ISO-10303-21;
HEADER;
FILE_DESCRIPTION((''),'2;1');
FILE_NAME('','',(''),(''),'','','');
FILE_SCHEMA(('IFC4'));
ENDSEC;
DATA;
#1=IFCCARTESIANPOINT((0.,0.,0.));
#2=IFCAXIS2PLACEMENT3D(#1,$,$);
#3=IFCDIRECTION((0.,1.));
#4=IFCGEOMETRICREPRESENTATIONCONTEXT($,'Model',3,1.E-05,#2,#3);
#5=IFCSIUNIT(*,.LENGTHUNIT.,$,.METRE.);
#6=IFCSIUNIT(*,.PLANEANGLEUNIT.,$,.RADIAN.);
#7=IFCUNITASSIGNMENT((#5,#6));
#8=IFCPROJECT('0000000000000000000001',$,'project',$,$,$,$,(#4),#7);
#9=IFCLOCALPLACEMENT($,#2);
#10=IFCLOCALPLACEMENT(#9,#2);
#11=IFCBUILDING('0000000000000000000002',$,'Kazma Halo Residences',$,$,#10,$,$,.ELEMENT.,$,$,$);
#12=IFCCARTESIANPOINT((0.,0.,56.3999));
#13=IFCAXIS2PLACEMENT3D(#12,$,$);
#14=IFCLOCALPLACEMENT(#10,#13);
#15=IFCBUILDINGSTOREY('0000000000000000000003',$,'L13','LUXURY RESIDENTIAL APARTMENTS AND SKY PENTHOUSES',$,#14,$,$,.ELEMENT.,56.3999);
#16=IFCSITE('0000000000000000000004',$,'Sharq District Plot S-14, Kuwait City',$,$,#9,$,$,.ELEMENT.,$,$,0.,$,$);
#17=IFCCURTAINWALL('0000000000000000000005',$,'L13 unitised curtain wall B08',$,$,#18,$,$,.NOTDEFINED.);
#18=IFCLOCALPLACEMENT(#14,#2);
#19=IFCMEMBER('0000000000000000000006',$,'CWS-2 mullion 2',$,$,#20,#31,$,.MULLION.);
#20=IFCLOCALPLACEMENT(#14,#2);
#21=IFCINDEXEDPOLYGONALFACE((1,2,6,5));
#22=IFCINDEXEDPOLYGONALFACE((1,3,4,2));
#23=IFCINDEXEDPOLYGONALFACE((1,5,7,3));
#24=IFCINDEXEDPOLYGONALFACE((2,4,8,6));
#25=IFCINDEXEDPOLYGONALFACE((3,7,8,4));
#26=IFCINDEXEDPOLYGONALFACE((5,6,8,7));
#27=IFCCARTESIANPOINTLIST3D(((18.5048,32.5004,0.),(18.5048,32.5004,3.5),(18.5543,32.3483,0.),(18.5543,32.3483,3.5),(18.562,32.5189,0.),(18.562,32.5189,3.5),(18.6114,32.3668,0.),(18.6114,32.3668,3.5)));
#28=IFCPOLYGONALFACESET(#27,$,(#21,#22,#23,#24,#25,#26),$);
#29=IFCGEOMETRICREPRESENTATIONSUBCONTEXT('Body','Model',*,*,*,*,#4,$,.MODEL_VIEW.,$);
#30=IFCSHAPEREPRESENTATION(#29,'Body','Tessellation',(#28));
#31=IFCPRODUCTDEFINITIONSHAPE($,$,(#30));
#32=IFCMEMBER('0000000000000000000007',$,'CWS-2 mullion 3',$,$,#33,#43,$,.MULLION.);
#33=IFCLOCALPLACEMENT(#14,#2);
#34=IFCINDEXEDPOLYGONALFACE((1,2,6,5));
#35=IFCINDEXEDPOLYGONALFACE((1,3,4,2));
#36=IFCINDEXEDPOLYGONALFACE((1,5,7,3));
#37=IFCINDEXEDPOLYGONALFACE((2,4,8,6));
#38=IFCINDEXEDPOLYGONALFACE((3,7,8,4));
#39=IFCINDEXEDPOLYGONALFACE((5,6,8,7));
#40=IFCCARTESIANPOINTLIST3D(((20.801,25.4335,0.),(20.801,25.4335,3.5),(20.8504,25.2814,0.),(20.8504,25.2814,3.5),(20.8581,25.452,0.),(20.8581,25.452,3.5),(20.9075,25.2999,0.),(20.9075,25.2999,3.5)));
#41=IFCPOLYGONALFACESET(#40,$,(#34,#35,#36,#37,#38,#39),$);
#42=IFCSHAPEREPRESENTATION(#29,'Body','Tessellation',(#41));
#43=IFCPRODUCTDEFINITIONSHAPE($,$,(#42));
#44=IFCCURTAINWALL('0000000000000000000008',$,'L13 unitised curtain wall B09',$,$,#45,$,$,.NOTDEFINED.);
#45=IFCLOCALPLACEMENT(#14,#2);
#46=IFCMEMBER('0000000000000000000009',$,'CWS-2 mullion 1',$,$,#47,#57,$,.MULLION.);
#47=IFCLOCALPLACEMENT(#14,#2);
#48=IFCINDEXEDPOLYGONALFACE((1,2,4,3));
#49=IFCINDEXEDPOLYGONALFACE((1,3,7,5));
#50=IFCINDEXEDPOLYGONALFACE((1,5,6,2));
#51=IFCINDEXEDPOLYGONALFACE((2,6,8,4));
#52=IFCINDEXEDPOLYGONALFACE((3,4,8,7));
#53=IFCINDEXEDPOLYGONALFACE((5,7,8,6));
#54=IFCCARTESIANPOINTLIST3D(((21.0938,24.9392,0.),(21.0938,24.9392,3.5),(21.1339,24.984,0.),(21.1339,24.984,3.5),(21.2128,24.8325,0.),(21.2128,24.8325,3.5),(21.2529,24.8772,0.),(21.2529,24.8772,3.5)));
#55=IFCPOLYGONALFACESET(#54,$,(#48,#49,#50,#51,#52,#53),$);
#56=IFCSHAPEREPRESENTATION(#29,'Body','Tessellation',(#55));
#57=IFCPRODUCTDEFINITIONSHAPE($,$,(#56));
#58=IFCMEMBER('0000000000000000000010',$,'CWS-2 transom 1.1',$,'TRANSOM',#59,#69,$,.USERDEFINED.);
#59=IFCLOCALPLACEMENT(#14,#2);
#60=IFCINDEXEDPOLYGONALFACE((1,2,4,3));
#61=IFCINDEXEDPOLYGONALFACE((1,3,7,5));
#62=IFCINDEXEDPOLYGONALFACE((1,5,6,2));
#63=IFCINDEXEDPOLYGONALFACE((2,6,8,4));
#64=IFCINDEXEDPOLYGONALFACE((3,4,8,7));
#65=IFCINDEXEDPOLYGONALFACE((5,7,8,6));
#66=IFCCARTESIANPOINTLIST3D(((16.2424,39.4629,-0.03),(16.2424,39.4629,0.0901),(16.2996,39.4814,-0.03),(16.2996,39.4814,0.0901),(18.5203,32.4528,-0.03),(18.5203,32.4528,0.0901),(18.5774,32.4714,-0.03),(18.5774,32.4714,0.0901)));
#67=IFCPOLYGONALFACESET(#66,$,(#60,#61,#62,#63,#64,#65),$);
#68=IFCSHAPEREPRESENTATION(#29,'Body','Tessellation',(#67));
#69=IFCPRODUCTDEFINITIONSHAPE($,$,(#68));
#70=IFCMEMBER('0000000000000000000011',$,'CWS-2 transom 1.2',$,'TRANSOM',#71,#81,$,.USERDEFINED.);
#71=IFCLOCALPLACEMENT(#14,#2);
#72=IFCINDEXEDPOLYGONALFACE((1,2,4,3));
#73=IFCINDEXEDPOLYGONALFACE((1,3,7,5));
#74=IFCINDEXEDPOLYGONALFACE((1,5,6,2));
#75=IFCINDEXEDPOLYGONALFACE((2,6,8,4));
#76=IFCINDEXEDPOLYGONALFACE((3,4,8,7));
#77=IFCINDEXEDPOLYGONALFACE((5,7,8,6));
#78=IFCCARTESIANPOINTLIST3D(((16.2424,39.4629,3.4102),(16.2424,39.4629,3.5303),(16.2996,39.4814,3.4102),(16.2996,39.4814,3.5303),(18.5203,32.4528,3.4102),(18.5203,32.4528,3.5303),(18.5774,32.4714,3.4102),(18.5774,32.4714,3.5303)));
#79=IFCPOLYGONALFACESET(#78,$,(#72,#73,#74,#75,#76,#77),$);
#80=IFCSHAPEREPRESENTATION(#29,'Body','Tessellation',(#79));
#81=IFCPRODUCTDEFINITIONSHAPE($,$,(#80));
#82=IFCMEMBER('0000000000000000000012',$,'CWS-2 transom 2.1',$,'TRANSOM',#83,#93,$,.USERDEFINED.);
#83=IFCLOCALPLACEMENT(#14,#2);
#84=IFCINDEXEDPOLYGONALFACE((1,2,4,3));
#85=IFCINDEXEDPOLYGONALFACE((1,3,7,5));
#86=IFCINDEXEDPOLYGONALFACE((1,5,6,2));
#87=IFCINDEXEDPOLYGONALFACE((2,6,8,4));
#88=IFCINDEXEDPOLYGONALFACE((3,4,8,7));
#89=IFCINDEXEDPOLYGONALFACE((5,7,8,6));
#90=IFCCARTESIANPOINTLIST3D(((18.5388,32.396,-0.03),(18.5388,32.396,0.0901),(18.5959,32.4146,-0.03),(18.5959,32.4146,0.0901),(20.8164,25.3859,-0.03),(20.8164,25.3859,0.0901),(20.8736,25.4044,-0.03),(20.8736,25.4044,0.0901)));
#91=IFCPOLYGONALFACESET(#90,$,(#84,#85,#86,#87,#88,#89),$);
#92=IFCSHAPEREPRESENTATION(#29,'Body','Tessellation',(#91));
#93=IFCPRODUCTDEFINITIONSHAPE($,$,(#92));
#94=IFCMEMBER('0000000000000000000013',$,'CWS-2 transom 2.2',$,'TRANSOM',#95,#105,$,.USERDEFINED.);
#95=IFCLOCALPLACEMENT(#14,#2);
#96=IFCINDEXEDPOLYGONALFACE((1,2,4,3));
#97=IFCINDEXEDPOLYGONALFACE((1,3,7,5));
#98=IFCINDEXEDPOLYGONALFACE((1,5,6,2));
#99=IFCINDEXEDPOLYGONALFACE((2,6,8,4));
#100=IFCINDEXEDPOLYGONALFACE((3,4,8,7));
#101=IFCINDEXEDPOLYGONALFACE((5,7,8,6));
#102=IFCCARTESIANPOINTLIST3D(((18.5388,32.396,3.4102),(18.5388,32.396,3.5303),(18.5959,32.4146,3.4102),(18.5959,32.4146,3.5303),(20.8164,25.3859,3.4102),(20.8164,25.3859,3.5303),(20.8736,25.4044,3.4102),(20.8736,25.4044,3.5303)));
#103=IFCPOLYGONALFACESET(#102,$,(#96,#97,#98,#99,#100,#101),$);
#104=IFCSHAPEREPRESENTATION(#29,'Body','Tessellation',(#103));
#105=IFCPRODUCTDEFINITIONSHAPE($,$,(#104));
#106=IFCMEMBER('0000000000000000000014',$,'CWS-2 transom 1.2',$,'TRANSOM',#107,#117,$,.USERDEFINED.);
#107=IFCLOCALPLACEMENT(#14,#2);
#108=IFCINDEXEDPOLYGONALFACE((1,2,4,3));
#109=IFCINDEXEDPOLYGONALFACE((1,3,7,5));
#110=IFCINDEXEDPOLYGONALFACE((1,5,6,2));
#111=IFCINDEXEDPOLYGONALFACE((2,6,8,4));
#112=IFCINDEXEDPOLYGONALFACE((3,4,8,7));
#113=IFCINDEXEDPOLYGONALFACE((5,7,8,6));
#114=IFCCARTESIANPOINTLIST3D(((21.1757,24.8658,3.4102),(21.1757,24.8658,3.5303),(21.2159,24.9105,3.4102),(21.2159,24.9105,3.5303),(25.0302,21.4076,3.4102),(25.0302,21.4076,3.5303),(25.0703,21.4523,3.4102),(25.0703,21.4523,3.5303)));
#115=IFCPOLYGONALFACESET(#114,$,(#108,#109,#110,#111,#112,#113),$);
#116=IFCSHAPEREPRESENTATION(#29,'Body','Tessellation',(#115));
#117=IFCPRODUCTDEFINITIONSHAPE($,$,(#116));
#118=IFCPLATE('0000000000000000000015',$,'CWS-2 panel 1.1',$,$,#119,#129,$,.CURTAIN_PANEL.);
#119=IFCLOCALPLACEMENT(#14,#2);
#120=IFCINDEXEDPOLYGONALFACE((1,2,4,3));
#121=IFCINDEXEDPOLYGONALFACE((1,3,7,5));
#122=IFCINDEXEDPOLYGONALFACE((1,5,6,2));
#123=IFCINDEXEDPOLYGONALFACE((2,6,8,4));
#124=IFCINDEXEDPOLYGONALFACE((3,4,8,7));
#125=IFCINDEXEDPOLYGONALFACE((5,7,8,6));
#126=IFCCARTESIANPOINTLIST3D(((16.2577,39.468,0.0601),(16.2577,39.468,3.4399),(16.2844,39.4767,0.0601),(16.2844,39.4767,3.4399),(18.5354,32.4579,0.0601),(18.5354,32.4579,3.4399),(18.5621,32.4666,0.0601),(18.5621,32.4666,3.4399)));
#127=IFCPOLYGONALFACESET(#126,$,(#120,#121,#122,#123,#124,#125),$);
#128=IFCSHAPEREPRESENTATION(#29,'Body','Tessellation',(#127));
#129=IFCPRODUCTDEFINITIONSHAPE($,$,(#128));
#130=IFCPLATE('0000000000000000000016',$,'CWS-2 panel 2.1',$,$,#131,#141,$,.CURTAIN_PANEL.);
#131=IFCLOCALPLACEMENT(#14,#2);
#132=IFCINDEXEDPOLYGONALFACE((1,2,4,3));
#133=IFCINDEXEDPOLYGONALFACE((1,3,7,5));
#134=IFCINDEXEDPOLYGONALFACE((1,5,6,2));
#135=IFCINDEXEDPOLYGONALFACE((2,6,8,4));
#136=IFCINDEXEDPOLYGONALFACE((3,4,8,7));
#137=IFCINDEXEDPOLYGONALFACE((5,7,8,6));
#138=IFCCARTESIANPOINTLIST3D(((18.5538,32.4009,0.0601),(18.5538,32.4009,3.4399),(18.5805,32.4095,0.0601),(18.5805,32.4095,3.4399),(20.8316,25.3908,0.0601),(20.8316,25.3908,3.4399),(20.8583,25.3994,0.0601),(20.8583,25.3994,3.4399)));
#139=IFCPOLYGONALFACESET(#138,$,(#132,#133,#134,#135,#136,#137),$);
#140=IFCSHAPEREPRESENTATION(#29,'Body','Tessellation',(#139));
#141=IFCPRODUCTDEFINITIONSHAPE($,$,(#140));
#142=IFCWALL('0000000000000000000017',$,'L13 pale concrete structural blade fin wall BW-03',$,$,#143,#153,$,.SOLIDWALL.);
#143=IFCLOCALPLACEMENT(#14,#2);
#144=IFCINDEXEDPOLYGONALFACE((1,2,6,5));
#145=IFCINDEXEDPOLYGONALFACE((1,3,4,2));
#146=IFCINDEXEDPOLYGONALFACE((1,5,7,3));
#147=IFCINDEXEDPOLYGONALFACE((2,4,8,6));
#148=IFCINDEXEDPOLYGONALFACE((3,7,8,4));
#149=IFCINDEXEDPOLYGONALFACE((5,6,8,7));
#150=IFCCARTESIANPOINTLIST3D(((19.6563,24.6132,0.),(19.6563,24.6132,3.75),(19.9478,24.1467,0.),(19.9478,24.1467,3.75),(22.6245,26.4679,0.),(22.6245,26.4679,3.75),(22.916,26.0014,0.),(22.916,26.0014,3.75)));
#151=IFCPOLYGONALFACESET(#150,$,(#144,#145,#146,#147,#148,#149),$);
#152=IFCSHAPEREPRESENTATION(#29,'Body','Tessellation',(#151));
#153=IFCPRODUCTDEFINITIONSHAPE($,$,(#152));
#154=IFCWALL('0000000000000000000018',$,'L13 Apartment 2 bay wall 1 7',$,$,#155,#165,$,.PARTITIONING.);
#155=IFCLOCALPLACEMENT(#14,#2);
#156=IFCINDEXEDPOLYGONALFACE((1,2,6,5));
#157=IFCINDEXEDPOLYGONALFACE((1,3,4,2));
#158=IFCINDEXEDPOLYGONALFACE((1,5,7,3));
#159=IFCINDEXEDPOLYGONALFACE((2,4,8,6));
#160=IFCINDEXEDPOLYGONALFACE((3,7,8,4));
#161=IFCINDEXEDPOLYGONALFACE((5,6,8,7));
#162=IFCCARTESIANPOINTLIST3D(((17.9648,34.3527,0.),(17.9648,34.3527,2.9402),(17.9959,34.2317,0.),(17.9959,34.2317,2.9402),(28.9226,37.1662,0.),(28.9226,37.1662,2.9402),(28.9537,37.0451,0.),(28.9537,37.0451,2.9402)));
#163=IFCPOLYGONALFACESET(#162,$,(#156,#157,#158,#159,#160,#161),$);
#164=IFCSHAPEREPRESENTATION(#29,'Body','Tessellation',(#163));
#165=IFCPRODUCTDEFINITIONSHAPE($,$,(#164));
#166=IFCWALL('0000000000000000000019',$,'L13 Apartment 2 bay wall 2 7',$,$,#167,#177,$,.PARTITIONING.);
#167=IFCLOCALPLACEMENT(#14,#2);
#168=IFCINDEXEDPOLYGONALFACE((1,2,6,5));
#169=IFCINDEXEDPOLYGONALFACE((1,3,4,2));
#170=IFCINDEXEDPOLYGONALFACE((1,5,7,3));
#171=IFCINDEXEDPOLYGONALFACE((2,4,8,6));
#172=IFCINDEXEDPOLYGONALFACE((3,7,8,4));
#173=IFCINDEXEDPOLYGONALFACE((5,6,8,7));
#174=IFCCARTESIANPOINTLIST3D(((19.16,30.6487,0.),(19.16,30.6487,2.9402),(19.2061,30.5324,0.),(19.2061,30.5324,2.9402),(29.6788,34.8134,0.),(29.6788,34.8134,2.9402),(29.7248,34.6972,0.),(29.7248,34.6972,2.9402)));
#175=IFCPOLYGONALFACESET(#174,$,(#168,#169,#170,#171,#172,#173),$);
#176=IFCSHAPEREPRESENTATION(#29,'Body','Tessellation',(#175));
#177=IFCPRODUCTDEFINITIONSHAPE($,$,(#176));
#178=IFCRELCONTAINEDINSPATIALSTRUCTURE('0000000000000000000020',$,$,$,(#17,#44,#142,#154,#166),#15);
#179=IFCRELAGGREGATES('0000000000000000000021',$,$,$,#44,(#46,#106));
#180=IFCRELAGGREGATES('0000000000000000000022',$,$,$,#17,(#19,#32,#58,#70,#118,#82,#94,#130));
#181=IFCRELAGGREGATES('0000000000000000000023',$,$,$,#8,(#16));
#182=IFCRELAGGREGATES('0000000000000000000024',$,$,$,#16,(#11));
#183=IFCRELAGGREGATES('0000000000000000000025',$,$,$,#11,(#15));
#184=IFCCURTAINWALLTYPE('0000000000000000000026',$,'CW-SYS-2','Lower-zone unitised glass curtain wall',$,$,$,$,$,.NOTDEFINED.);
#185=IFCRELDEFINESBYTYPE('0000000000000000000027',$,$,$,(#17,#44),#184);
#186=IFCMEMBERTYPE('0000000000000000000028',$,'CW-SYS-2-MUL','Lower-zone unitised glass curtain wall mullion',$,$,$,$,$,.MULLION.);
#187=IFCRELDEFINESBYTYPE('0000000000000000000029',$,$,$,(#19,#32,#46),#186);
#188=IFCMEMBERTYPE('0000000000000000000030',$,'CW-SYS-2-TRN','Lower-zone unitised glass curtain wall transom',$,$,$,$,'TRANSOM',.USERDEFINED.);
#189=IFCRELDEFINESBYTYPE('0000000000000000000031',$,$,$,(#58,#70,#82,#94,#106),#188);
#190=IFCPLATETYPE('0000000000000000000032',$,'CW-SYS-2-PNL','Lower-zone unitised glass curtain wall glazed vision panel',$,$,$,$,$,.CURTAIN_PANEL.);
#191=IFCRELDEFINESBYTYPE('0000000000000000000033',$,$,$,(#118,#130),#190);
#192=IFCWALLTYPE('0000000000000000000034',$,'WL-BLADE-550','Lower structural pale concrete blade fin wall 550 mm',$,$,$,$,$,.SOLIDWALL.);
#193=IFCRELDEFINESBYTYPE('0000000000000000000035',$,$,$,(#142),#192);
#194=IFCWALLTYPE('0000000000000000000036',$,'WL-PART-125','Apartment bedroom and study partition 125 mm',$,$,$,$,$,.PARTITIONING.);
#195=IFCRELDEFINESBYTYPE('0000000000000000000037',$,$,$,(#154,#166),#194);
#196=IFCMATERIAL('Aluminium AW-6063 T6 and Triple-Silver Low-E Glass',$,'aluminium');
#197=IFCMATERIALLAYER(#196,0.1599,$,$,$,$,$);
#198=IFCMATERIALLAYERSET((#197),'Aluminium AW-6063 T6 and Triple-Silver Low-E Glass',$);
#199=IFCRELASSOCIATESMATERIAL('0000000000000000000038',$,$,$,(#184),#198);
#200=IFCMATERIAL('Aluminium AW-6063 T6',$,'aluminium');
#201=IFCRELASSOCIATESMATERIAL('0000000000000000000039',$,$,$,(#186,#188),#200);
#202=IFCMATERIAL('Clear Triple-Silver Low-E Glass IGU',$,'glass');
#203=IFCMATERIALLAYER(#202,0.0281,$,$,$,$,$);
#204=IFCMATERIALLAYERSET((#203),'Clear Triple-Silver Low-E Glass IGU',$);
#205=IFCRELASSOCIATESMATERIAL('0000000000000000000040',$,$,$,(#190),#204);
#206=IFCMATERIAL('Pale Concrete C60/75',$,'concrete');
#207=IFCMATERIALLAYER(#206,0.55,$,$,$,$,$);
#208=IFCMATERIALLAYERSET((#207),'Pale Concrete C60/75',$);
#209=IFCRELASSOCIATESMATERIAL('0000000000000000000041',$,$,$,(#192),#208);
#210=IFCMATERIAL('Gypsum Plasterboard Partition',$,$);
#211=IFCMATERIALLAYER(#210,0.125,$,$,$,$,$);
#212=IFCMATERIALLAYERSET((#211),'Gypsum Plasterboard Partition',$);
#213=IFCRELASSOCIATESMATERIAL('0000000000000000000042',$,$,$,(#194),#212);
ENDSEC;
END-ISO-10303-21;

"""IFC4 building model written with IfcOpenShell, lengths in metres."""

from ifc_helpers import new_model, si_unit, direction, frame, frame_2d, origin, origin_2d, place, context, subcontext, project, spatial, rectangle, extrude, material, layer, layer_set, material_profile, profile_set, type_object, element, aggregate, save


model = new_model("IFC4")

# Units and contexts
model_context = context("Model", 3, precision=1e-05, world=origin(), true_north=direction((0.0, 1.0)))
body_context = subcontext(model_context, "Body", "Model", "MODEL_VIEW")
ifc_project = project(units=[si_unit("LENGTHUNIT", "METRE"), si_unit("PLANEANGLEUNIT", "RADIAN")], contexts=[model_context])

# Site, building, storey
site_placement = place(None, origin())
site = spatial("IfcSite", under=ifc_project, at=site_placement, Name="Sharq District Plot S-14, Kuwait City", CompositionType="ELEMENT", RefElevation=0.0)
building_placement = place(site_placement, origin())
building = spatial("IfcBuilding", under=site, at=building_placement, Name="Kazma Halo Residences", CompositionType="ELEMENT")
storey_placement = place(building_placement, frame((0.0, 0.0, 56.3999)))
storey = spatial("IfcBuildingStorey", under=building, at=storey_placement, Name="L13", Description="LUXURY RESIDENTIAL APARTMENTS AND SKY PENTHOUSES", CompositionType="ELEMENT", Elevation=56.3999)

# Curtain wall, members
ifc_material_1 = material(Name="Aluminium AW-6063 T6 and Triple-Silver Low-E Glass", Category="aluminium")
ifc_layer_1 = layer(ifc_material_1, 0.1599)
ifc_layer_set_1 = layer_set([ifc_layer_1], Name="Aluminium AW-6063 T6 and Triple-Silver Low-E Glass")
curtain_wall_type = type_object("IfcCurtainWallType", Name="CW-SYS-2", Description="Lower-zone unitised glass curtain wall", PredefinedType="NOTDEFINED", material=ifc_layer_set_1)
curtain_wall_1_placement = place(storey_placement, origin())
curtain_wall_1 = element("IfcCurtainWall", 1, at=curtain_wall_1_placement, inside=storey, type_object=curtain_wall_type, Name="L13 unitised curtain wall B08", PredefinedType="NOTDEFINED")
ifc_material_2 = material(Name="Aluminium AW-6063 T6", Category="aluminium")
ifc_material_profile_1 = material_profile(ifc_material_2, rectangle(XDim=0.0601, YDim=0.1599, at=origin_2d()), Name="CWM-60x160")
ifc_profile_set_1 = profile_set([ifc_material_profile_1], Name="Aluminium AW-6063 T6")
member_type_1 = type_object("IfcMemberType", Name="CW-SYS-2-MUL", Description="Lower-zone unitised glass curtain wall mullion", PredefinedType="MULLION", material=ifc_profile_set_1)
member_1_placement = place(storey_placement, frame((18.5581, 32.4336, 0.0), z_axis=(0.0, 0.0, 1.0), x_axis=(0.951057, 0.309017, 0.0)))
member_1 = element("IfcMember", 2, at=member_1_placement, type_object=member_type_1, Name="CWS-2 mullion 2", PredefinedType="MULLION", context=body_context, shape_type="SweptSolid", body=[
    extrude(rectangle(XDim=0.0601, YDim=0.1599, at=origin_2d()), origin(), (0.0, 0.0, 1.0), 3.5),
])
member_2_placement = place(storey_placement, frame((20.8542, 25.3667, 0.0), z_axis=(0.0, 0.0, 1.0), x_axis=(0.951057, 0.309017, 0.0)))
member_2 = element("IfcMember", 3, at=member_2_placement, type_object=member_type_1, Name="CWS-2 mullion 3", PredefinedType="MULLION", context=body_context, shape_type="SweptSolid", body=[
    extrude(rectangle(XDim=0.0601, YDim=0.1599, at=origin_2d()), origin(), (0.0, 0.0, 1.0), 3.5),
])

# Curtain wall, member
curtain_wall_2_placement = place(storey_placement, origin())
curtain_wall_2 = element("IfcCurtainWall", 4, at=curtain_wall_2_placement, inside=storey, type_object=curtain_wall_type, Name="L13 unitised curtain wall B09", PredefinedType="NOTDEFINED")
member_3_placement = place(storey_placement, frame((21.1733, 24.9082, 0.0), z_axis=(0.0, 0.0, 1.0), x_axis=(0.667821, 0.744322, 0.0)))
member_3 = element("IfcMember", 5, at=member_3_placement, type_object=member_type_1, Name="CWS-2 mullion 1", PredefinedType="MULLION", context=body_context, shape_type="SweptSolid", body=[
    extrude(rectangle(XDim=0.0601, YDim=0.1599, at=origin_2d()), origin(), (0.0, 0.0, 1.0), 3.5),
])

# Members
ifc_material_profile_2 = material_profile(ifc_material_2, rectangle(XDim=0.0601, YDim=0.1201, at=origin_2d()), Name="CWT-60x120")
ifc_profile_set_2 = profile_set([ifc_material_profile_2], Name="Aluminium AW-6063 T6")
member_type_2 = type_object("IfcMemberType", Name="CW-SYS-2-TRN", Description="Lower-zone unitised glass curtain wall transom", ElementType="TRANSOM", PredefinedType="USERDEFINED", material=ifc_profile_set_2)
member_4_placement = place(storey_placement, frame((16.271, 39.4722, 0.03), z_axis=(0.309034, -0.951051, 0.0), x_axis=(0.951051, 0.309034, 0.0)))
member_4 = element("IfcMember", 6, at=member_4_placement, type_object=member_type_2, Name="CWS-2 transom 1.1", ObjectType="TRANSOM", PredefinedType="USERDEFINED", context=body_context, shape_type="SweptSolid", body=[
    extrude(rectangle(XDim=0.0601, YDim=0.1201, at=origin_2d()), origin(), (0.0, 0.0, 1.0), 7.3708),
])
member_5_placement = place(storey_placement, frame((16.271, 39.4722, 3.4702), z_axis=(0.309034, -0.951051, 0.0), x_axis=(0.951051, 0.309034, 0.0)))
member_5 = element("IfcMember", 7, at=member_5_placement, type_object=member_type_2, Name="CWS-2 transom 1.2", ObjectType="TRANSOM", PredefinedType="USERDEFINED", context=body_context, shape_type="SweptSolid", body=[
    extrude(rectangle(XDim=0.0601, YDim=0.1201, at=origin_2d()), origin(), (0.0, 0.0, 1.0), 7.3708),
])
member_6_placement = place(storey_placement, frame((18.5674, 32.4053, 0.03), z_axis=(0.309004, -0.951061, 0.0), x_axis=(0.951061, 0.309004, 0.0)))
member_6 = element("IfcMember", 8, at=member_6_placement, type_object=member_type_2, Name="CWS-2 transom 2.1", ObjectType="TRANSOM", PredefinedType="USERDEFINED", context=body_context, shape_type="SweptSolid", body=[
    extrude(rectangle(XDim=0.0601, YDim=0.1201, at=origin_2d()), origin(), (0.0, 0.0, 1.0), 7.3708),
])
member_7_placement = place(storey_placement, frame((18.5674, 32.4053, 3.4702), z_axis=(0.309004, -0.951061, 0.0), x_axis=(0.951061, 0.309004, 0.0)))
member_7 = element("IfcMember", 9, at=member_7_placement, type_object=member_type_2, Name="CWS-2 transom 2.2", ObjectType="TRANSOM", PredefinedType="USERDEFINED", context=body_context, shape_type="SweptSolid", body=[
    extrude(rectangle(XDim=0.0601, YDim=0.1201, at=origin_2d()), origin(), (0.0, 0.0, 1.0), 7.3708),
])
member_8_placement = place(storey_placement, frame((21.1958, 24.8882, 3.4702), z_axis=(0.744329, -0.667813, 0.0), x_axis=(0.667813, 0.744329, 0.0)))
member_8 = element("IfcMember", 10, at=member_8_placement, type_object=member_type_2, Name="CWS-2 transom 1.2", ObjectType="TRANSOM", PredefinedType="USERDEFINED", context=body_context, shape_type="SweptSolid", body=[
    extrude(rectangle(XDim=0.0601, YDim=0.1201, at=origin_2d()), origin(), (0.0, 0.0, 1.0), 5.1785),
])
aggregate(curtain_wall_2, [member_3, member_8])

# Plates
ifc_material_3 = material(Name="Clear Triple-Silver Low-E Glass IGU", Category="glass")
ifc_layer_2 = layer(ifc_material_3, 0.0281)
ifc_layer_set_2 = layer_set([ifc_layer_2], Name="Clear Triple-Silver Low-E Glass IGU")
plate_type = type_object("IfcPlateType", Name="CW-SYS-2-PNL", Description="Lower-zone unitised glass curtain wall glazed vision panel", PredefinedType="CURTAIN_PANEL", material=ifc_layer_set_2)
plate_1_placement = place(storey_placement, frame((17.4099, 35.9673, 0.0601), z_axis=(0.0, 0.0, 1.0), x_axis=(0.309017, -0.951057, 0.0)))
plate_1 = element("IfcPlate", 11, at=plate_1_placement, type_object=plate_type, Name="CWS-2 panel 1.1", PredefinedType="CURTAIN_PANEL", context=body_context, shape_type="SweptSolid", body=[
    extrude(rectangle(XDim=7.3708, YDim=0.0281, at=origin_2d()), origin(), (0.0, 0.0, 1.0), 3.3799),
])
plate_2_placement = place(storey_placement, frame((19.7061, 28.9001, 0.0601), z_axis=(0.0, 0.0, 1.0), x_axis=(0.309017, -0.951057, 0.0)))
plate_2 = element("IfcPlate", 12, at=plate_2_placement, type_object=plate_type, Name="CWS-2 panel 2.1", PredefinedType="CURTAIN_PANEL", context=body_context, shape_type="SweptSolid", body=[
    extrude(rectangle(XDim=7.3708, YDim=0.0281, at=origin_2d()), origin(), (0.0, 0.0, 1.0), 3.3799),
])
aggregate(curtain_wall_1, [member_1, member_2, member_4, member_5, plate_1, member_6, member_7, plate_2])

# Walls
ifc_material_4 = material(Name="Pale Concrete C60/75", Category="concrete")
ifc_layer_3 = layer(ifc_material_4, 0.55)
ifc_layer_set_3 = layer_set([ifc_layer_3], Name="Pale Concrete C60/75")
wall_type_1 = type_object("IfcWallType", Name="WL-BLADE-550", Description="Lower structural pale concrete blade fin wall 550 mm", PredefinedType="SOLIDWALL", material=ifc_layer_set_3)
wall_1_placement = place(storey_placement, frame((22.7703, 26.2346, 0.0), z_axis=(0.0, 0.0, 1.0), x_axis=(-0.848053, -0.529911, 0.0)))
element("IfcWall", 13, at=wall_1_placement, inside=storey, type_object=wall_type_1, Name="L13 pale concrete structural blade fin wall BW-03", PredefinedType="SOLIDWALL", context=body_context, shape_type="SweptSolid", body=[
    extrude(rectangle(XDim=3.5, YDim=0.55, at=frame_2d((1.75, 0.0))), origin(), (0.0, 0.0, 1.0), 3.75),
])
ifc_material_5 = material(Name="Gypsum Plasterboard Partition")
ifc_layer_4 = layer(ifc_material_5, 0.125)
ifc_layer_set_4 = layer_set([ifc_layer_4], Name="Gypsum Plasterboard Partition")
wall_type_2 = type_object("IfcWallType", Name="WL-PART-125", Description="Apartment bedroom and study partition 125 mm", PredefinedType="PARTITIONING", material=ifc_layer_set_4)
for number, where, z_axis, x_axis, name in (
    (14, (28.9382, 37.1057, 0.0), (0.0, 0.0, 1.0), (-0.968583, -0.24869, 0.0), "L13 Apartment 2 bay wall 1 7"),
    (15, (29.7019, 34.7554, 0.0), (0.0, 0.0, 1.0), (-0.929773, -0.368133, 0.0), "L13 Apartment 2 bay wall 2 7"),
):
    element("IfcWall", number, at=place(storey_placement, frame(where, z_axis=z_axis, x_axis=x_axis)), inside=storey, type_object=wall_type_2, Name=name, PredefinedType="PARTITIONING", context=body_context, shape_type="SweptSolid", body=[
        extrude(rectangle(XDim=11.3132, YDim=0.125, at=frame_2d((5.6567, 0.0))), origin(), (0.0, 0.0, 1.0), 2.9402),
    ])

save(model, "model.ifc")
